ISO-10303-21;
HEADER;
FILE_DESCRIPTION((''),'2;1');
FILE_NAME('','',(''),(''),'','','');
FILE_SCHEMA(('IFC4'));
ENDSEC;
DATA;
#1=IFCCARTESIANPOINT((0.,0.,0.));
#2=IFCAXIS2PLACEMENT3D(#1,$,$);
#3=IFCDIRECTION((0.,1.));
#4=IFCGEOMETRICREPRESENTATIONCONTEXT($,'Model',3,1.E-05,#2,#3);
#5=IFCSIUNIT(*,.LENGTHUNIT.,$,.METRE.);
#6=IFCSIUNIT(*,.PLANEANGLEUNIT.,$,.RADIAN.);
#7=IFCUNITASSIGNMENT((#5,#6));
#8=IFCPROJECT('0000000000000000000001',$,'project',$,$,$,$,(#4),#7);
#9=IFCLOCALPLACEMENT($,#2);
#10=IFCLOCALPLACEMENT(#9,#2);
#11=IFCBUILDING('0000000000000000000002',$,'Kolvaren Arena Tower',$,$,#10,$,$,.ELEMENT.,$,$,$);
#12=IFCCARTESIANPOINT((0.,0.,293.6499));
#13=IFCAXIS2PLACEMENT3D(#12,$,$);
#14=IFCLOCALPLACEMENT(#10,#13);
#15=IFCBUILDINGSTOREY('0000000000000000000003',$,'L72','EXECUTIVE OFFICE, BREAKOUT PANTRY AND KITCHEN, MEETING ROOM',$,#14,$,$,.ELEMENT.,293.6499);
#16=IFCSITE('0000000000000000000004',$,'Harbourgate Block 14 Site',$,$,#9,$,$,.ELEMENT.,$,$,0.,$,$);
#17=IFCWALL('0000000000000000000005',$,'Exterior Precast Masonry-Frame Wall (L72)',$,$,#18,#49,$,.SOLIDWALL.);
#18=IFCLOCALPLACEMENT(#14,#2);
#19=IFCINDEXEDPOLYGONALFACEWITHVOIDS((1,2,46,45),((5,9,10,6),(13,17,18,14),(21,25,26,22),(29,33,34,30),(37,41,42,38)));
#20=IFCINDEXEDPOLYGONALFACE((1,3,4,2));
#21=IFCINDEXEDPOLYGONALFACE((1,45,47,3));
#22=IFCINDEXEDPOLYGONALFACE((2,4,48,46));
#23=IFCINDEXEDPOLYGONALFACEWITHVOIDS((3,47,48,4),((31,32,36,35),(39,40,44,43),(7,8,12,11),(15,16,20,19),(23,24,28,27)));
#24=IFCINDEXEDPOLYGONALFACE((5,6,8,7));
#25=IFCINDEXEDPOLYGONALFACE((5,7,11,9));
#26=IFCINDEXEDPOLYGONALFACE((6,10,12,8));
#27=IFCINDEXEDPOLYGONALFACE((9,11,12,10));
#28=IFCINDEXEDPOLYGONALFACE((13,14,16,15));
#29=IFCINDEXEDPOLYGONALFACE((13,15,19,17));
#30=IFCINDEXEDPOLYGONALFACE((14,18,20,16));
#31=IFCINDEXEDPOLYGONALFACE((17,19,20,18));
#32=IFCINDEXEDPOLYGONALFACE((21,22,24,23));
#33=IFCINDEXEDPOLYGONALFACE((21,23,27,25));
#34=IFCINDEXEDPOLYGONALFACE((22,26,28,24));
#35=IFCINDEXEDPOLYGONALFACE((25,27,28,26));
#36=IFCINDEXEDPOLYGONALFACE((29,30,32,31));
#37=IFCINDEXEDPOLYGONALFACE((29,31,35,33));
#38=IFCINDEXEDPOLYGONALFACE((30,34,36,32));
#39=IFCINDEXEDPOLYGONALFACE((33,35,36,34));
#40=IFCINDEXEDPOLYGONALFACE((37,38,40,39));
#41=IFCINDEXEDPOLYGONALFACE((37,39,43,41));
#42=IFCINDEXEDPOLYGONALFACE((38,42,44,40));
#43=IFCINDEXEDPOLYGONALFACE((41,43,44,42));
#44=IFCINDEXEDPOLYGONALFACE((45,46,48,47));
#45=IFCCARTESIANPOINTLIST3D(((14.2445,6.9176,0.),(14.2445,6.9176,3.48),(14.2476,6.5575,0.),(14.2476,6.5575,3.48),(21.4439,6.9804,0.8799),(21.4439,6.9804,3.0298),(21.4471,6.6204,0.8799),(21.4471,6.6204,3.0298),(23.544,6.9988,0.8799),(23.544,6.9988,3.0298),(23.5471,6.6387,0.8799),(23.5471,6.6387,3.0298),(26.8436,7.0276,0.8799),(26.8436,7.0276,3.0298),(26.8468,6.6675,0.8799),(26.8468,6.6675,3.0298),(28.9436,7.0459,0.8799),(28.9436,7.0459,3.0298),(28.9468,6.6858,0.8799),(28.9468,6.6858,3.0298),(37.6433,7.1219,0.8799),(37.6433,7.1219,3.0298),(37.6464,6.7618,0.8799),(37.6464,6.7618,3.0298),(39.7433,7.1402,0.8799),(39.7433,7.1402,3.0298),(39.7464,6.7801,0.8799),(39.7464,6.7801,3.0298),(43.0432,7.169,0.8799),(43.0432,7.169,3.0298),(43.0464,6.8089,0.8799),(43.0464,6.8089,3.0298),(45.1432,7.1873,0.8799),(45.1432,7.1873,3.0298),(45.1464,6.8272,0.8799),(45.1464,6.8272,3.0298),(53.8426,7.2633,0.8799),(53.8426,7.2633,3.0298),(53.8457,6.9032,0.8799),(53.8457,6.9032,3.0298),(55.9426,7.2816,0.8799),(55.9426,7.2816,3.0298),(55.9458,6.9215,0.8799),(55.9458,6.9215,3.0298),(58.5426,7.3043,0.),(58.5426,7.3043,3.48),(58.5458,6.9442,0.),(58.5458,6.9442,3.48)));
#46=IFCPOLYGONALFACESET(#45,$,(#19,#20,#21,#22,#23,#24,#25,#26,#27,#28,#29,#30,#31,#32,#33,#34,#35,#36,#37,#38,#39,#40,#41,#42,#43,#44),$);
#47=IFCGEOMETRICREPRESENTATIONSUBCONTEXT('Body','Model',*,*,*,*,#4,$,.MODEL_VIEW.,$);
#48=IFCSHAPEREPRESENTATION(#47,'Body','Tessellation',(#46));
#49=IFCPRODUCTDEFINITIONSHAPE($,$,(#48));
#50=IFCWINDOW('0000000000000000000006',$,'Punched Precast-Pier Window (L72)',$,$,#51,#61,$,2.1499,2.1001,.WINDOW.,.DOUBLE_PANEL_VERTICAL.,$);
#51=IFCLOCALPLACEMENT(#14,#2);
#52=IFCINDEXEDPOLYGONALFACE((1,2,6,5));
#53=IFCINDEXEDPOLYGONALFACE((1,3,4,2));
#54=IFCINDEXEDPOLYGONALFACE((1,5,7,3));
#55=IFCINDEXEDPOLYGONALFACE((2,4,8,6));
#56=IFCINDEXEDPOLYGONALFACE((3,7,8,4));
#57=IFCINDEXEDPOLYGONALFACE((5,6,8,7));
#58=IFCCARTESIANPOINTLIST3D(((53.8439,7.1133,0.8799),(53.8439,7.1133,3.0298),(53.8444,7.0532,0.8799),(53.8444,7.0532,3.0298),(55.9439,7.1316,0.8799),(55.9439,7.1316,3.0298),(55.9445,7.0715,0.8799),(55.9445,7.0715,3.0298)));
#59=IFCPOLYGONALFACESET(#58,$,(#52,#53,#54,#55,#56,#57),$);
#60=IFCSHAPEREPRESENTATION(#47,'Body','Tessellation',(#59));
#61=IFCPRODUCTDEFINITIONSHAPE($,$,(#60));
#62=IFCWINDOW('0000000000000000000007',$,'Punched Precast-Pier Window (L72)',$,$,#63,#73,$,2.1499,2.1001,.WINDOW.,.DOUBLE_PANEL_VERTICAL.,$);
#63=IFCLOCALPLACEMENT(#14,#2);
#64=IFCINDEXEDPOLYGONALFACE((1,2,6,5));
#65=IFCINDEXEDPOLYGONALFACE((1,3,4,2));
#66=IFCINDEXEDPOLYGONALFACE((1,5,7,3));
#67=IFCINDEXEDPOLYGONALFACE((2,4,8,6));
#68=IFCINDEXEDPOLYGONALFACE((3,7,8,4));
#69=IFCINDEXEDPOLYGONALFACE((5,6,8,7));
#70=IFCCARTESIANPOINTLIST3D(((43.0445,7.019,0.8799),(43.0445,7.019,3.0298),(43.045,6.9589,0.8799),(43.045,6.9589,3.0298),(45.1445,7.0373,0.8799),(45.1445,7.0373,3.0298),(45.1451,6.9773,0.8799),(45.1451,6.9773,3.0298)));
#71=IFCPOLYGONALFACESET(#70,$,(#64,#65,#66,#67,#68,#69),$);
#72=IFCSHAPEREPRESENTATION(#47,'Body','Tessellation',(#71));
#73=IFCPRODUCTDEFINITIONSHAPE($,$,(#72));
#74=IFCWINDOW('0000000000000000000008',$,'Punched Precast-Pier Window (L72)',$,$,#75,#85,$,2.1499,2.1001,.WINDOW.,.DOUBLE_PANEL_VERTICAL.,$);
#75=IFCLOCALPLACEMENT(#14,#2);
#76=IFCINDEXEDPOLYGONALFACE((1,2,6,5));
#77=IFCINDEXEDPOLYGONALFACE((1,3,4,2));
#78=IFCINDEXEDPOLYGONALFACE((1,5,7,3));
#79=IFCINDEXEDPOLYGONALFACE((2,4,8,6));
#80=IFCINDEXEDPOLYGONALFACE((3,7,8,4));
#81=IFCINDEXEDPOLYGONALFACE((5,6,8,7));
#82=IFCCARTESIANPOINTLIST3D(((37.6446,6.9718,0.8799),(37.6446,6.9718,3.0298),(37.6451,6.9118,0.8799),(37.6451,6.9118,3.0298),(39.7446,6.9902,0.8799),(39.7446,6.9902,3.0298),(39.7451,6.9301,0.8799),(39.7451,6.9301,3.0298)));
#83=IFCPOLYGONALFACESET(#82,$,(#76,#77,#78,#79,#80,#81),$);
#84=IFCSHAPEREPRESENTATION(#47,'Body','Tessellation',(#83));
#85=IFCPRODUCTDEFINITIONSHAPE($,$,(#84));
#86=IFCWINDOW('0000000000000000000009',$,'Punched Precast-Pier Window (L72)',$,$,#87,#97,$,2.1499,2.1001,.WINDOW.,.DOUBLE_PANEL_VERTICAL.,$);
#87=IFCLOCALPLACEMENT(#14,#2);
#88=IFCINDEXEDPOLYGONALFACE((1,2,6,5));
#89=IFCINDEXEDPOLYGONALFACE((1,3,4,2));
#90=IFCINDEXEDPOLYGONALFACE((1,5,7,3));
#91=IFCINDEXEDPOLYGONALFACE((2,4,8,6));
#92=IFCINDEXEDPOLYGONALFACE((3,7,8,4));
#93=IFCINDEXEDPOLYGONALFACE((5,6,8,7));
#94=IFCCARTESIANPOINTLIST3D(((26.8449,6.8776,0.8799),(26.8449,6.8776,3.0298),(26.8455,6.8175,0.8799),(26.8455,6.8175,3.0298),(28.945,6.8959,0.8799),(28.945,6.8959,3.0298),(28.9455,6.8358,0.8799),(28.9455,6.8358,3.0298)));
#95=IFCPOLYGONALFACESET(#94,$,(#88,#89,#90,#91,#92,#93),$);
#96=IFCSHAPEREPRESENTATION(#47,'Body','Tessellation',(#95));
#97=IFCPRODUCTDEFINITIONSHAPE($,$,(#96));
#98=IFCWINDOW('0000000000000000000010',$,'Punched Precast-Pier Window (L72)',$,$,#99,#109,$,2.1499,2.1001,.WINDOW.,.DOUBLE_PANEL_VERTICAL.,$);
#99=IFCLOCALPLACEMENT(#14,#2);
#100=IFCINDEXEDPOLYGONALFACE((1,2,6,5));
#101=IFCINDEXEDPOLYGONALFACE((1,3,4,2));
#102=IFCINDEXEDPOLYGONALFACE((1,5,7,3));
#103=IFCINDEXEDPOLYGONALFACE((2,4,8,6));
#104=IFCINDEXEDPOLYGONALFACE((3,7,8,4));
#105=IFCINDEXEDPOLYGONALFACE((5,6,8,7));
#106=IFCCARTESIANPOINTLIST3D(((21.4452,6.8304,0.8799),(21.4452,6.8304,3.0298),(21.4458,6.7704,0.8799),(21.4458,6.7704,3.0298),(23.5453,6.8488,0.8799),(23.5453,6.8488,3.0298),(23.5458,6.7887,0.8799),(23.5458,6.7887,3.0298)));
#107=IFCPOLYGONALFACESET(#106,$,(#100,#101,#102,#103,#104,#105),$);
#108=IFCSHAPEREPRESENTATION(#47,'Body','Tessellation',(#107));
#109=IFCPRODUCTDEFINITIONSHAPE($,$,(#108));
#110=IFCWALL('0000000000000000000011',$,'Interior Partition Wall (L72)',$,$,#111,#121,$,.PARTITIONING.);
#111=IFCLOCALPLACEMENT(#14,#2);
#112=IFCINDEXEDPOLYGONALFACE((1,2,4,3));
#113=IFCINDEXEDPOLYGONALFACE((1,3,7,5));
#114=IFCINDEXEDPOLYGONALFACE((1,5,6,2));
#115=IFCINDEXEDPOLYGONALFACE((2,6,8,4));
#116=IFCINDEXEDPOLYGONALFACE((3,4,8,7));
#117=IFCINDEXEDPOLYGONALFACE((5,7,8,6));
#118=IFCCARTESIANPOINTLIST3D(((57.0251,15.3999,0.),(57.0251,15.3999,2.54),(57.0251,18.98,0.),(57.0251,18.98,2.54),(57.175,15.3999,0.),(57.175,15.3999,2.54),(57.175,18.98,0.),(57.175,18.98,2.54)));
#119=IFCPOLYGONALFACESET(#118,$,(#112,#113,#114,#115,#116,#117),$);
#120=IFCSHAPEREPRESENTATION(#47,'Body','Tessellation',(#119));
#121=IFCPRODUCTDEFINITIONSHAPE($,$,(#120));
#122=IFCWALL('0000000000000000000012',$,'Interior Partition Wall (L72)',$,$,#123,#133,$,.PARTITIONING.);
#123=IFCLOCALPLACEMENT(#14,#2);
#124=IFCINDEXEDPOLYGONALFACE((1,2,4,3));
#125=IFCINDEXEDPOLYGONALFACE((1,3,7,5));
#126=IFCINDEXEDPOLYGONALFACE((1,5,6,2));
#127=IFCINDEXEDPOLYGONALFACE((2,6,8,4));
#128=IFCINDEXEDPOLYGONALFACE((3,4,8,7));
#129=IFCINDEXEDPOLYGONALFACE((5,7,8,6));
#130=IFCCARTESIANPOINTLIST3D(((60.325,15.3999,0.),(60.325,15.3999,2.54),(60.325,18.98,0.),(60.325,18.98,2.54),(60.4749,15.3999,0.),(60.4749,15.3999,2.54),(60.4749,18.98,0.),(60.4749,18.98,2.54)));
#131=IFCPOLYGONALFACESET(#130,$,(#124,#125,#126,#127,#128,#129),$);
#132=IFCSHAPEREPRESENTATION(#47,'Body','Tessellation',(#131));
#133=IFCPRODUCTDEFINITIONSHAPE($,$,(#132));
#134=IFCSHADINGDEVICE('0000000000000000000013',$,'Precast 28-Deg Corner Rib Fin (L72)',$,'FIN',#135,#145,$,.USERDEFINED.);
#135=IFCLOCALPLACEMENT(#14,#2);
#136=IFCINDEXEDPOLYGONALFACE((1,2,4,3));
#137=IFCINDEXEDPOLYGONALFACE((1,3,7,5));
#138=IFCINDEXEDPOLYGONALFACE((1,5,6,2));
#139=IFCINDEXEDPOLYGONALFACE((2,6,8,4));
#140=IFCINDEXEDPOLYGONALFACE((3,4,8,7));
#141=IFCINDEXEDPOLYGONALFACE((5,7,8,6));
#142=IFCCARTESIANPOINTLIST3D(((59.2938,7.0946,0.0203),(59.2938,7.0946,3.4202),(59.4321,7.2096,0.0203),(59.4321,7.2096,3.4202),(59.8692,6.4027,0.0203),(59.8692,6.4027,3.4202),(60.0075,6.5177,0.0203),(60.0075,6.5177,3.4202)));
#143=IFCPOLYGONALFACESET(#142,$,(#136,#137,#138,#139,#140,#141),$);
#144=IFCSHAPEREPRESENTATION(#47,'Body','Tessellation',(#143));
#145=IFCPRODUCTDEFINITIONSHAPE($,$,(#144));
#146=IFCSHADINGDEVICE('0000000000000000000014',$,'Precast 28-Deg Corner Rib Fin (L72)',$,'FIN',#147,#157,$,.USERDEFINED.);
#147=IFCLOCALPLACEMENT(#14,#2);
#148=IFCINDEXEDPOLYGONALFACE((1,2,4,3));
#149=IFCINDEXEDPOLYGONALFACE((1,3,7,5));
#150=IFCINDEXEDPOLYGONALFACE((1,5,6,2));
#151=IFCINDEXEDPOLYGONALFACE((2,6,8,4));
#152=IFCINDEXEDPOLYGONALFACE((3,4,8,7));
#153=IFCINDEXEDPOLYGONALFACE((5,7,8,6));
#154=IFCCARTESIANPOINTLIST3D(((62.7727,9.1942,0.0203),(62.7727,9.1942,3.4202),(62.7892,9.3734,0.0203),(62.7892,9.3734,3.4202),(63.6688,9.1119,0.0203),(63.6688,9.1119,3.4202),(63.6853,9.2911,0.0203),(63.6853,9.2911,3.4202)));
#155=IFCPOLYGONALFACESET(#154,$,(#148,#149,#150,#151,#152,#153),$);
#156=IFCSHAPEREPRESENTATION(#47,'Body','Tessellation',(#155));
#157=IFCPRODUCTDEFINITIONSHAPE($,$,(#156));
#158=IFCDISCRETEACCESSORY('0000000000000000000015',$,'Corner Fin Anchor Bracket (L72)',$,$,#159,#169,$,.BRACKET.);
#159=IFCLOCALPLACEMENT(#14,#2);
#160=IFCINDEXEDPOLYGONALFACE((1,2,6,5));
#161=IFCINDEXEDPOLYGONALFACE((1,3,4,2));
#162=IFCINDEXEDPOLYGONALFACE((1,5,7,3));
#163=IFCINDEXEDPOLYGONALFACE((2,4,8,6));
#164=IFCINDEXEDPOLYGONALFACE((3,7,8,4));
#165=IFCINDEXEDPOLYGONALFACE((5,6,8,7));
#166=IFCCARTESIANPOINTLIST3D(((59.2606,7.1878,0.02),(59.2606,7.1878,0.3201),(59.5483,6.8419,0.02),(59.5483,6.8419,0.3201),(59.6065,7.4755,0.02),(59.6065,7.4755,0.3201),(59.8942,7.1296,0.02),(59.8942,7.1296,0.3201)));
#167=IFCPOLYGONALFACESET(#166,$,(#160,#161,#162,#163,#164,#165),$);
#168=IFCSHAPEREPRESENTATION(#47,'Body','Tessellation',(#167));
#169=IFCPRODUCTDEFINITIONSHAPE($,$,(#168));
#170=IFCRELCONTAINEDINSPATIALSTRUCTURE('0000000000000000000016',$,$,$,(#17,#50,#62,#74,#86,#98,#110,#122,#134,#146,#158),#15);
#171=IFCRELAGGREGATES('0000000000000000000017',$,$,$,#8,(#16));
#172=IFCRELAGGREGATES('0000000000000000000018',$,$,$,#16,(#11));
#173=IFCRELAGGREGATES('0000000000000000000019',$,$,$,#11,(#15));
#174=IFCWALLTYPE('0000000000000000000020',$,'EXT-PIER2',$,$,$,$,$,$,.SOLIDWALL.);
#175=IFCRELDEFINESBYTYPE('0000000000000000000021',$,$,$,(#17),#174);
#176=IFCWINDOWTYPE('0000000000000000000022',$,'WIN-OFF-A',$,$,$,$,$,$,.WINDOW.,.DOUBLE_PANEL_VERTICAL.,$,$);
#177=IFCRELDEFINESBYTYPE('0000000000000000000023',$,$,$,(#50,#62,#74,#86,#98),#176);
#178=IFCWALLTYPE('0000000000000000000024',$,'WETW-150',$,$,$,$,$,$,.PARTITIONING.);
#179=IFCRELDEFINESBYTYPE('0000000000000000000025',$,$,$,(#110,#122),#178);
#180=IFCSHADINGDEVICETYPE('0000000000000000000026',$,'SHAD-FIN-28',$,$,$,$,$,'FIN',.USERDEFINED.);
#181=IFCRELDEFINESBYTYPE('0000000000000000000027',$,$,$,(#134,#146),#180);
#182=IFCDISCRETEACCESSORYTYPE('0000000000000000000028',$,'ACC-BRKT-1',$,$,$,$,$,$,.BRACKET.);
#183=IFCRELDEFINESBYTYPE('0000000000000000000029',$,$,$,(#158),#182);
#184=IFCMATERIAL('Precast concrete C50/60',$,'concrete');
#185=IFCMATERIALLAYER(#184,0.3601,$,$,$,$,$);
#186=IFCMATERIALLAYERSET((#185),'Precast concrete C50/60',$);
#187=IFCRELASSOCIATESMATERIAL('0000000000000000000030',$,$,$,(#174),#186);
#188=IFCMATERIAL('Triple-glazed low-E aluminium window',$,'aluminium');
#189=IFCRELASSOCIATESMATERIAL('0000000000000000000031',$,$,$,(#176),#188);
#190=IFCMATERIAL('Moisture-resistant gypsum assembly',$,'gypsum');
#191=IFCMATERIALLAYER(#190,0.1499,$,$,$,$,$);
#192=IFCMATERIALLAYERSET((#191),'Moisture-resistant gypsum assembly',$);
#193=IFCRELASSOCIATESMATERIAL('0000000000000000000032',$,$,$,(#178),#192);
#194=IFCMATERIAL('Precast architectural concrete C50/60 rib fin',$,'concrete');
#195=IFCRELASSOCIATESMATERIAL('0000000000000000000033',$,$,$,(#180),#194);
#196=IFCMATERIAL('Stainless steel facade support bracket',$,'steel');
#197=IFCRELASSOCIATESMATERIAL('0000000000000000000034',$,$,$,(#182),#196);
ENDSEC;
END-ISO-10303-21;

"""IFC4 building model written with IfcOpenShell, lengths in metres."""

from ifc_helpers import new_model, si_unit, direction, frame, frame_2d, origin, origin_2d, place, context, subcontext, project, spatial, rectangle, extrude, material, layer, layer_set, type_object, element, fill, save


model = new_model("IFC4")

# Units and contexts
model_context = context("Model", 3, precision=1e-05, world=origin(), true_north=direction((0.0, 1.0)))
body_context = subcontext(model_context, "Body", "Model", "MODEL_VIEW")
ifc_project = project(units=[si_unit("LENGTHUNIT", "METRE"), si_unit("PLANEANGLEUNIT", "RADIAN")], contexts=[model_context])

# Site, building, storey
site_placement = place(None, origin())
site = spatial("IfcSite", under=ifc_project, at=site_placement, Name="Harbourgate Block 14 Site", CompositionType="ELEMENT", RefElevation=0.0)
building_placement = place(site_placement, origin())
building = spatial("IfcBuilding", under=site, at=building_placement, Name="Kolvaren Arena Tower", CompositionType="ELEMENT")
storey_placement = place(building_placement, frame((0.0, 0.0, 293.6499)))
storey = spatial("IfcBuildingStorey", under=building, at=storey_placement, Name="L72", Description="EXECUTIVE OFFICE, BREAKOUT PANTRY AND KITCHEN, MEETING ROOM", CompositionType="ELEMENT", Elevation=293.6499)

# Shared definitions
ifc_material_1 = material(Name="Precast concrete C50/60", Category="concrete")

# Shared definitions
ifc_layer_1 = layer(ifc_material_1, 0.3601)
ifc_layer_set_1 = layer_set([ifc_layer_1], Name="Precast concrete C50/60")
wall_type_1 = type_object("IfcWallType", Name="EXT-PIER2", PredefinedType="SOLIDWALL", material=ifc_layer_set_1)

# Wall, openings, windows
wall_1_placement = place(storey_placement, frame((58.5442, 7.1243, 0.0), z_axis=(0.0, 0.0, 1.0), x_axis=(-0.999962, -0.00873, 0.0)))
wall_1 = element("IfcWall", 1, at=wall_1_placement, inside=storey, type_object=wall_type_1, Name="Exterior Precast Masonry-Frame Wall (L72)", PredefinedType="SOLIDWALL", context=body_context, shape_type="SweptSolid", body=[
    extrude(rectangle(XDim=44.2998, YDim=0.3601, at=frame_2d((22.1499, 0.0))), origin(), (0.0, 0.0, 1.0), 3.48),
])
opening_1_placement = place(wall_1_placement, frame((2.6001, 0.0, 0.8799)))
opening_1 = element("IfcOpeningElement", 2, at=opening_1_placement, cuts=wall_1, PredefinedType="OPENING", context=body_context, shape_type="SweptSolid", body=[
    extrude(rectangle(XDim=2.1001, YDim=2.1499, at=frame_2d((1.05, 1.075))), frame((0.0, 0.1899, 0.0), z_axis=(0.0, -1.0, 0.0), x_axis=(1.0, 0.0, 0.0)), (0.0, 0.0, 1.0), 0.3801),
])
opening_2_placement = place(wall_1_placement, frame((13.3999, 0.0, 0.8799)))
opening_2 = element("IfcOpeningElement", 3, at=opening_2_placement, cuts=wall_1, PredefinedType="OPENING", context=body_context, shape_type="SweptSolid", body=[
    extrude(rectangle(XDim=2.1001, YDim=2.1499, at=frame_2d((1.05, 1.075))), frame((0.0, 0.1899, 0.0), z_axis=(0.0, -1.0, 0.0), x_axis=(1.0, 0.0, 0.0)), (0.0, 0.0, 1.0), 0.3801),
])
opening_3_placement = place(wall_1_placement, frame((18.8, 0.0, 0.8799)))
opening_3 = element("IfcOpeningElement", 4, at=opening_3_placement, cuts=wall_1, PredefinedType="OPENING", context=body_context, shape_type="SweptSolid", body=[
    extrude(rectangle(XDim=2.1001, YDim=2.1499, at=frame_2d((1.05, 1.075))), frame((0.0, 0.1899, 0.0), z_axis=(0.0, -1.0, 0.0), x_axis=(1.0, 0.0, 0.0)), (0.0, 0.0, 1.0), 0.3801),
])
opening_4_placement = place(wall_1_placement, frame((29.6001, 0.0, 0.8799)))
opening_4 = element("IfcOpeningElement", 5, at=opening_4_placement, cuts=wall_1, PredefinedType="OPENING", context=body_context, shape_type="SweptSolid", body=[
    extrude(rectangle(XDim=2.1001, YDim=2.1499, at=frame_2d((1.05, 1.075))), frame((0.0, 0.1899, 0.0), z_axis=(0.0, -1.0, 0.0), x_axis=(1.0, 0.0, 0.0)), (0.0, 0.0, 1.0), 0.3801),
])
opening_5_placement = place(wall_1_placement, frame((35.0, 0.0, 0.8799)))
opening_5 = element("IfcOpeningElement", 6, at=opening_5_placement, cuts=wall_1, PredefinedType="OPENING", context=body_context, shape_type="SweptSolid", body=[
    extrude(rectangle(XDim=2.1001, YDim=2.1499, at=frame_2d((1.05, 1.075))), frame((0.0, 0.1899, 0.0), z_axis=(0.0, -1.0, 0.0), x_axis=(1.0, 0.0, 0.0)), (0.0, 0.0, 1.0), 0.3801),
])
ifc_material_2 = material(Name="Triple-glazed low-E aluminium window", Category="aluminium")
window_type = type_object("IfcWindowType", Name="WIN-OFF-A", PartitioningType="DOUBLE_PANEL_VERTICAL", PredefinedType="WINDOW", material=ifc_material_2)
window_1_placement = place(opening_1_placement, origin())
window_1 = element("IfcWindow", 7, at=window_1_placement, inside=storey, type_object=window_type, Name="Punched Precast-Pier Window (L72)", OverallHeight=2.1499, OverallWidth=2.1001, PartitioningType="DOUBLE_PANEL_VERTICAL", PredefinedType="WINDOW", context=body_context, shape_type="SweptSolid", body=[
    extrude(rectangle(XDim=2.1001, YDim=2.1499, at=frame_2d((1.05, 1.075))), frame((0.0, 0.03, 0.0), z_axis=(0.0, -1.0, 0.0), x_axis=(1.0, 0.0, 0.0)), (0.0, 0.0, 1.0), 0.0601),
])
fill(opening_1, window_1)
window_2_placement = place(opening_2_placement, origin())
window_2 = element("IfcWindow", 8, at=window_2_placement, inside=storey, type_object=window_type, Name="Punched Precast-Pier Window (L72)", OverallHeight=2.1499, OverallWidth=2.1001, PartitioningType="DOUBLE_PANEL_VERTICAL", PredefinedType="WINDOW", context=body_context, shape_type="SweptSolid", body=[
    extrude(rectangle(XDim=2.1001, YDim=2.1499, at=frame_2d((1.05, 1.075))), frame((0.0, 0.03, 0.0), z_axis=(0.0, -1.0, 0.0), x_axis=(1.0, 0.0, 0.0)), (0.0, 0.0, 1.0), 0.0601),
])
fill(opening_2, window_2)
window_3_placement = place(opening_3_placement, origin())
window_3 = element("IfcWindow", 9, at=window_3_placement, inside=storey, type_object=window_type, Name="Punched Precast-Pier Window (L72)", OverallHeight=2.1499, OverallWidth=2.1001, PartitioningType="DOUBLE_PANEL_VERTICAL", PredefinedType="WINDOW", context=body_context, shape_type="SweptSolid", body=[
    extrude(rectangle(XDim=2.1001, YDim=2.1499, at=frame_2d((1.05, 1.075))), frame((0.0, 0.03, 0.0), z_axis=(0.0, -1.0, 0.0), x_axis=(1.0, 0.0, 0.0)), (0.0, 0.0, 1.0), 0.0601),
])
fill(opening_3, window_3)
window_4_placement = place(opening_4_placement, origin())
window_4 = element("IfcWindow", 10, at=window_4_placement, inside=storey, type_object=window_type, Name="Punched Precast-Pier Window (L72)", OverallHeight=2.1499, OverallWidth=2.1001, PartitioningType="DOUBLE_PANEL_VERTICAL", PredefinedType="WINDOW", context=body_context, shape_type="SweptSolid", body=[
    extrude(rectangle(XDim=2.1001, YDim=2.1499, at=frame_2d((1.05, 1.075))), frame((0.0, 0.03, 0.0), z_axis=(0.0, -1.0, 0.0), x_axis=(1.0, 0.0, 0.0)), (0.0, 0.0, 1.0), 0.0601),
])
fill(opening_4, window_4)
window_5_placement = place(opening_5_placement, origin())
window_5 = element("IfcWindow", 11, at=window_5_placement, inside=storey, type_object=window_type, Name="Punched Precast-Pier Window (L72)", OverallHeight=2.1499, OverallWidth=2.1001, PartitioningType="DOUBLE_PANEL_VERTICAL", PredefinedType="WINDOW", context=body_context, shape_type="SweptSolid", body=[
    extrude(rectangle(XDim=2.1001, YDim=2.1499, at=frame_2d((1.05, 1.075))), frame((0.0, 0.03, 0.0), z_axis=(0.0, -1.0, 0.0), x_axis=(1.0, 0.0, 0.0)), (0.0, 0.0, 1.0), 0.0601),
])
fill(opening_5, window_5)

# Walls
ifc_material_3 = material(Name="Moisture-resistant gypsum assembly", Category="gypsum")
ifc_layer_2 = layer(ifc_material_3, 0.1499)
ifc_layer_set_2 = layer_set([ifc_layer_2], Name="Moisture-resistant gypsum assembly")
wall_type_2 = type_object("IfcWallType", Name="WETW-150", PredefinedType="PARTITIONING", material=ifc_layer_set_2)
for number, where, z_axis, x_axis, name in (
    (12, (57.1001, 15.3999, 0.0), (0.0, 0.0, 1.0), (0.0, 1.0, 0.0), "Interior Partition Wall (L72)"),
    (13, (60.3999, 15.3999, 0.0), (0.0, 0.0, 1.0), (0.0, 1.0, 0.0), "Interior Partition Wall (L72)"),
):
    element("IfcWall", number, at=place(storey_placement, frame(where, z_axis=z_axis, x_axis=x_axis)), inside=storey, type_object=wall_type_2, Name=name, PredefinedType="PARTITIONING", context=body_context, shape_type="SweptSolid", body=[
        extrude(rectangle(XDim=3.5801, YDim=0.1499, at=frame_2d((1.79, 0.0))), origin(), (0.0, 0.0, 1.0), 2.54),
    ])

# Shading devices
ifc_material_4 = material(Name="Precast architectural concrete C50/60 rib fin", Category="concrete")
shading_device_type = type_object("IfcShadingDeviceType", Name="SHAD-FIN-28", ElementType="FIN", PredefinedType="USERDEFINED", material=ifc_material_4)
for number, where, z_axis, x_axis, name in (
    (14, (59.6506, 6.8062, 0.0203), (0.0, 0.0, 1.0), (0.639409, -0.768866, 0.0), "Precast 28-Deg Corner Rib Fin (L72)"),
    (15, (63.229, 9.2427, 0.0203), (0.0, 0.0, 1.0), (0.995808, -0.091469, 0.0), "Precast 28-Deg Corner Rib Fin (L72)"),
):
    element("IfcShadingDevice", number, at=place(storey_placement, frame(where, z_axis=z_axis, x_axis=x_axis)), inside=storey, type_object=shading_device_type, Name=name, ObjectType="FIN", PredefinedType="USERDEFINED", context=body_context, shape_type="SweptSolid", body=[
        extrude(rectangle(XDim=0.8999, YDim=0.1799, at=origin_2d()), origin(), (0.0, 0.0, 1.0), 3.3999),
    ])

# Discrete accessory
ifc_material_5 = material(Name="Stainless steel facade support bracket", Category="steel")
discrete_accessory_type = type_object("IfcDiscreteAccessoryType", Name="ACC-BRKT-1", PredefinedType="BRACKET", material=ifc_material_5)
for number, where, z_axis, x_axis, name in (
    (16, (59.5774, 7.1587, 0.02), (0.0, 0.0, 1.0), (0.639409, -0.768866, 0.0), "Corner Fin Anchor Bracket (L72)"),
):
    element("IfcDiscreteAccessory", number, at=place(storey_placement, frame(where, z_axis=z_axis, x_axis=x_axis)), inside=storey, type_object=discrete_accessory_type, Name=name, PredefinedType="BRACKET", context=body_context, shape_type="SweptSolid", body=[
        extrude(rectangle(XDim=0.45, YDim=0.45, at=origin_2d()), origin(), (0.0, 0.0, 1.0), 0.3),
    ])

save(model, "model.ifc")
